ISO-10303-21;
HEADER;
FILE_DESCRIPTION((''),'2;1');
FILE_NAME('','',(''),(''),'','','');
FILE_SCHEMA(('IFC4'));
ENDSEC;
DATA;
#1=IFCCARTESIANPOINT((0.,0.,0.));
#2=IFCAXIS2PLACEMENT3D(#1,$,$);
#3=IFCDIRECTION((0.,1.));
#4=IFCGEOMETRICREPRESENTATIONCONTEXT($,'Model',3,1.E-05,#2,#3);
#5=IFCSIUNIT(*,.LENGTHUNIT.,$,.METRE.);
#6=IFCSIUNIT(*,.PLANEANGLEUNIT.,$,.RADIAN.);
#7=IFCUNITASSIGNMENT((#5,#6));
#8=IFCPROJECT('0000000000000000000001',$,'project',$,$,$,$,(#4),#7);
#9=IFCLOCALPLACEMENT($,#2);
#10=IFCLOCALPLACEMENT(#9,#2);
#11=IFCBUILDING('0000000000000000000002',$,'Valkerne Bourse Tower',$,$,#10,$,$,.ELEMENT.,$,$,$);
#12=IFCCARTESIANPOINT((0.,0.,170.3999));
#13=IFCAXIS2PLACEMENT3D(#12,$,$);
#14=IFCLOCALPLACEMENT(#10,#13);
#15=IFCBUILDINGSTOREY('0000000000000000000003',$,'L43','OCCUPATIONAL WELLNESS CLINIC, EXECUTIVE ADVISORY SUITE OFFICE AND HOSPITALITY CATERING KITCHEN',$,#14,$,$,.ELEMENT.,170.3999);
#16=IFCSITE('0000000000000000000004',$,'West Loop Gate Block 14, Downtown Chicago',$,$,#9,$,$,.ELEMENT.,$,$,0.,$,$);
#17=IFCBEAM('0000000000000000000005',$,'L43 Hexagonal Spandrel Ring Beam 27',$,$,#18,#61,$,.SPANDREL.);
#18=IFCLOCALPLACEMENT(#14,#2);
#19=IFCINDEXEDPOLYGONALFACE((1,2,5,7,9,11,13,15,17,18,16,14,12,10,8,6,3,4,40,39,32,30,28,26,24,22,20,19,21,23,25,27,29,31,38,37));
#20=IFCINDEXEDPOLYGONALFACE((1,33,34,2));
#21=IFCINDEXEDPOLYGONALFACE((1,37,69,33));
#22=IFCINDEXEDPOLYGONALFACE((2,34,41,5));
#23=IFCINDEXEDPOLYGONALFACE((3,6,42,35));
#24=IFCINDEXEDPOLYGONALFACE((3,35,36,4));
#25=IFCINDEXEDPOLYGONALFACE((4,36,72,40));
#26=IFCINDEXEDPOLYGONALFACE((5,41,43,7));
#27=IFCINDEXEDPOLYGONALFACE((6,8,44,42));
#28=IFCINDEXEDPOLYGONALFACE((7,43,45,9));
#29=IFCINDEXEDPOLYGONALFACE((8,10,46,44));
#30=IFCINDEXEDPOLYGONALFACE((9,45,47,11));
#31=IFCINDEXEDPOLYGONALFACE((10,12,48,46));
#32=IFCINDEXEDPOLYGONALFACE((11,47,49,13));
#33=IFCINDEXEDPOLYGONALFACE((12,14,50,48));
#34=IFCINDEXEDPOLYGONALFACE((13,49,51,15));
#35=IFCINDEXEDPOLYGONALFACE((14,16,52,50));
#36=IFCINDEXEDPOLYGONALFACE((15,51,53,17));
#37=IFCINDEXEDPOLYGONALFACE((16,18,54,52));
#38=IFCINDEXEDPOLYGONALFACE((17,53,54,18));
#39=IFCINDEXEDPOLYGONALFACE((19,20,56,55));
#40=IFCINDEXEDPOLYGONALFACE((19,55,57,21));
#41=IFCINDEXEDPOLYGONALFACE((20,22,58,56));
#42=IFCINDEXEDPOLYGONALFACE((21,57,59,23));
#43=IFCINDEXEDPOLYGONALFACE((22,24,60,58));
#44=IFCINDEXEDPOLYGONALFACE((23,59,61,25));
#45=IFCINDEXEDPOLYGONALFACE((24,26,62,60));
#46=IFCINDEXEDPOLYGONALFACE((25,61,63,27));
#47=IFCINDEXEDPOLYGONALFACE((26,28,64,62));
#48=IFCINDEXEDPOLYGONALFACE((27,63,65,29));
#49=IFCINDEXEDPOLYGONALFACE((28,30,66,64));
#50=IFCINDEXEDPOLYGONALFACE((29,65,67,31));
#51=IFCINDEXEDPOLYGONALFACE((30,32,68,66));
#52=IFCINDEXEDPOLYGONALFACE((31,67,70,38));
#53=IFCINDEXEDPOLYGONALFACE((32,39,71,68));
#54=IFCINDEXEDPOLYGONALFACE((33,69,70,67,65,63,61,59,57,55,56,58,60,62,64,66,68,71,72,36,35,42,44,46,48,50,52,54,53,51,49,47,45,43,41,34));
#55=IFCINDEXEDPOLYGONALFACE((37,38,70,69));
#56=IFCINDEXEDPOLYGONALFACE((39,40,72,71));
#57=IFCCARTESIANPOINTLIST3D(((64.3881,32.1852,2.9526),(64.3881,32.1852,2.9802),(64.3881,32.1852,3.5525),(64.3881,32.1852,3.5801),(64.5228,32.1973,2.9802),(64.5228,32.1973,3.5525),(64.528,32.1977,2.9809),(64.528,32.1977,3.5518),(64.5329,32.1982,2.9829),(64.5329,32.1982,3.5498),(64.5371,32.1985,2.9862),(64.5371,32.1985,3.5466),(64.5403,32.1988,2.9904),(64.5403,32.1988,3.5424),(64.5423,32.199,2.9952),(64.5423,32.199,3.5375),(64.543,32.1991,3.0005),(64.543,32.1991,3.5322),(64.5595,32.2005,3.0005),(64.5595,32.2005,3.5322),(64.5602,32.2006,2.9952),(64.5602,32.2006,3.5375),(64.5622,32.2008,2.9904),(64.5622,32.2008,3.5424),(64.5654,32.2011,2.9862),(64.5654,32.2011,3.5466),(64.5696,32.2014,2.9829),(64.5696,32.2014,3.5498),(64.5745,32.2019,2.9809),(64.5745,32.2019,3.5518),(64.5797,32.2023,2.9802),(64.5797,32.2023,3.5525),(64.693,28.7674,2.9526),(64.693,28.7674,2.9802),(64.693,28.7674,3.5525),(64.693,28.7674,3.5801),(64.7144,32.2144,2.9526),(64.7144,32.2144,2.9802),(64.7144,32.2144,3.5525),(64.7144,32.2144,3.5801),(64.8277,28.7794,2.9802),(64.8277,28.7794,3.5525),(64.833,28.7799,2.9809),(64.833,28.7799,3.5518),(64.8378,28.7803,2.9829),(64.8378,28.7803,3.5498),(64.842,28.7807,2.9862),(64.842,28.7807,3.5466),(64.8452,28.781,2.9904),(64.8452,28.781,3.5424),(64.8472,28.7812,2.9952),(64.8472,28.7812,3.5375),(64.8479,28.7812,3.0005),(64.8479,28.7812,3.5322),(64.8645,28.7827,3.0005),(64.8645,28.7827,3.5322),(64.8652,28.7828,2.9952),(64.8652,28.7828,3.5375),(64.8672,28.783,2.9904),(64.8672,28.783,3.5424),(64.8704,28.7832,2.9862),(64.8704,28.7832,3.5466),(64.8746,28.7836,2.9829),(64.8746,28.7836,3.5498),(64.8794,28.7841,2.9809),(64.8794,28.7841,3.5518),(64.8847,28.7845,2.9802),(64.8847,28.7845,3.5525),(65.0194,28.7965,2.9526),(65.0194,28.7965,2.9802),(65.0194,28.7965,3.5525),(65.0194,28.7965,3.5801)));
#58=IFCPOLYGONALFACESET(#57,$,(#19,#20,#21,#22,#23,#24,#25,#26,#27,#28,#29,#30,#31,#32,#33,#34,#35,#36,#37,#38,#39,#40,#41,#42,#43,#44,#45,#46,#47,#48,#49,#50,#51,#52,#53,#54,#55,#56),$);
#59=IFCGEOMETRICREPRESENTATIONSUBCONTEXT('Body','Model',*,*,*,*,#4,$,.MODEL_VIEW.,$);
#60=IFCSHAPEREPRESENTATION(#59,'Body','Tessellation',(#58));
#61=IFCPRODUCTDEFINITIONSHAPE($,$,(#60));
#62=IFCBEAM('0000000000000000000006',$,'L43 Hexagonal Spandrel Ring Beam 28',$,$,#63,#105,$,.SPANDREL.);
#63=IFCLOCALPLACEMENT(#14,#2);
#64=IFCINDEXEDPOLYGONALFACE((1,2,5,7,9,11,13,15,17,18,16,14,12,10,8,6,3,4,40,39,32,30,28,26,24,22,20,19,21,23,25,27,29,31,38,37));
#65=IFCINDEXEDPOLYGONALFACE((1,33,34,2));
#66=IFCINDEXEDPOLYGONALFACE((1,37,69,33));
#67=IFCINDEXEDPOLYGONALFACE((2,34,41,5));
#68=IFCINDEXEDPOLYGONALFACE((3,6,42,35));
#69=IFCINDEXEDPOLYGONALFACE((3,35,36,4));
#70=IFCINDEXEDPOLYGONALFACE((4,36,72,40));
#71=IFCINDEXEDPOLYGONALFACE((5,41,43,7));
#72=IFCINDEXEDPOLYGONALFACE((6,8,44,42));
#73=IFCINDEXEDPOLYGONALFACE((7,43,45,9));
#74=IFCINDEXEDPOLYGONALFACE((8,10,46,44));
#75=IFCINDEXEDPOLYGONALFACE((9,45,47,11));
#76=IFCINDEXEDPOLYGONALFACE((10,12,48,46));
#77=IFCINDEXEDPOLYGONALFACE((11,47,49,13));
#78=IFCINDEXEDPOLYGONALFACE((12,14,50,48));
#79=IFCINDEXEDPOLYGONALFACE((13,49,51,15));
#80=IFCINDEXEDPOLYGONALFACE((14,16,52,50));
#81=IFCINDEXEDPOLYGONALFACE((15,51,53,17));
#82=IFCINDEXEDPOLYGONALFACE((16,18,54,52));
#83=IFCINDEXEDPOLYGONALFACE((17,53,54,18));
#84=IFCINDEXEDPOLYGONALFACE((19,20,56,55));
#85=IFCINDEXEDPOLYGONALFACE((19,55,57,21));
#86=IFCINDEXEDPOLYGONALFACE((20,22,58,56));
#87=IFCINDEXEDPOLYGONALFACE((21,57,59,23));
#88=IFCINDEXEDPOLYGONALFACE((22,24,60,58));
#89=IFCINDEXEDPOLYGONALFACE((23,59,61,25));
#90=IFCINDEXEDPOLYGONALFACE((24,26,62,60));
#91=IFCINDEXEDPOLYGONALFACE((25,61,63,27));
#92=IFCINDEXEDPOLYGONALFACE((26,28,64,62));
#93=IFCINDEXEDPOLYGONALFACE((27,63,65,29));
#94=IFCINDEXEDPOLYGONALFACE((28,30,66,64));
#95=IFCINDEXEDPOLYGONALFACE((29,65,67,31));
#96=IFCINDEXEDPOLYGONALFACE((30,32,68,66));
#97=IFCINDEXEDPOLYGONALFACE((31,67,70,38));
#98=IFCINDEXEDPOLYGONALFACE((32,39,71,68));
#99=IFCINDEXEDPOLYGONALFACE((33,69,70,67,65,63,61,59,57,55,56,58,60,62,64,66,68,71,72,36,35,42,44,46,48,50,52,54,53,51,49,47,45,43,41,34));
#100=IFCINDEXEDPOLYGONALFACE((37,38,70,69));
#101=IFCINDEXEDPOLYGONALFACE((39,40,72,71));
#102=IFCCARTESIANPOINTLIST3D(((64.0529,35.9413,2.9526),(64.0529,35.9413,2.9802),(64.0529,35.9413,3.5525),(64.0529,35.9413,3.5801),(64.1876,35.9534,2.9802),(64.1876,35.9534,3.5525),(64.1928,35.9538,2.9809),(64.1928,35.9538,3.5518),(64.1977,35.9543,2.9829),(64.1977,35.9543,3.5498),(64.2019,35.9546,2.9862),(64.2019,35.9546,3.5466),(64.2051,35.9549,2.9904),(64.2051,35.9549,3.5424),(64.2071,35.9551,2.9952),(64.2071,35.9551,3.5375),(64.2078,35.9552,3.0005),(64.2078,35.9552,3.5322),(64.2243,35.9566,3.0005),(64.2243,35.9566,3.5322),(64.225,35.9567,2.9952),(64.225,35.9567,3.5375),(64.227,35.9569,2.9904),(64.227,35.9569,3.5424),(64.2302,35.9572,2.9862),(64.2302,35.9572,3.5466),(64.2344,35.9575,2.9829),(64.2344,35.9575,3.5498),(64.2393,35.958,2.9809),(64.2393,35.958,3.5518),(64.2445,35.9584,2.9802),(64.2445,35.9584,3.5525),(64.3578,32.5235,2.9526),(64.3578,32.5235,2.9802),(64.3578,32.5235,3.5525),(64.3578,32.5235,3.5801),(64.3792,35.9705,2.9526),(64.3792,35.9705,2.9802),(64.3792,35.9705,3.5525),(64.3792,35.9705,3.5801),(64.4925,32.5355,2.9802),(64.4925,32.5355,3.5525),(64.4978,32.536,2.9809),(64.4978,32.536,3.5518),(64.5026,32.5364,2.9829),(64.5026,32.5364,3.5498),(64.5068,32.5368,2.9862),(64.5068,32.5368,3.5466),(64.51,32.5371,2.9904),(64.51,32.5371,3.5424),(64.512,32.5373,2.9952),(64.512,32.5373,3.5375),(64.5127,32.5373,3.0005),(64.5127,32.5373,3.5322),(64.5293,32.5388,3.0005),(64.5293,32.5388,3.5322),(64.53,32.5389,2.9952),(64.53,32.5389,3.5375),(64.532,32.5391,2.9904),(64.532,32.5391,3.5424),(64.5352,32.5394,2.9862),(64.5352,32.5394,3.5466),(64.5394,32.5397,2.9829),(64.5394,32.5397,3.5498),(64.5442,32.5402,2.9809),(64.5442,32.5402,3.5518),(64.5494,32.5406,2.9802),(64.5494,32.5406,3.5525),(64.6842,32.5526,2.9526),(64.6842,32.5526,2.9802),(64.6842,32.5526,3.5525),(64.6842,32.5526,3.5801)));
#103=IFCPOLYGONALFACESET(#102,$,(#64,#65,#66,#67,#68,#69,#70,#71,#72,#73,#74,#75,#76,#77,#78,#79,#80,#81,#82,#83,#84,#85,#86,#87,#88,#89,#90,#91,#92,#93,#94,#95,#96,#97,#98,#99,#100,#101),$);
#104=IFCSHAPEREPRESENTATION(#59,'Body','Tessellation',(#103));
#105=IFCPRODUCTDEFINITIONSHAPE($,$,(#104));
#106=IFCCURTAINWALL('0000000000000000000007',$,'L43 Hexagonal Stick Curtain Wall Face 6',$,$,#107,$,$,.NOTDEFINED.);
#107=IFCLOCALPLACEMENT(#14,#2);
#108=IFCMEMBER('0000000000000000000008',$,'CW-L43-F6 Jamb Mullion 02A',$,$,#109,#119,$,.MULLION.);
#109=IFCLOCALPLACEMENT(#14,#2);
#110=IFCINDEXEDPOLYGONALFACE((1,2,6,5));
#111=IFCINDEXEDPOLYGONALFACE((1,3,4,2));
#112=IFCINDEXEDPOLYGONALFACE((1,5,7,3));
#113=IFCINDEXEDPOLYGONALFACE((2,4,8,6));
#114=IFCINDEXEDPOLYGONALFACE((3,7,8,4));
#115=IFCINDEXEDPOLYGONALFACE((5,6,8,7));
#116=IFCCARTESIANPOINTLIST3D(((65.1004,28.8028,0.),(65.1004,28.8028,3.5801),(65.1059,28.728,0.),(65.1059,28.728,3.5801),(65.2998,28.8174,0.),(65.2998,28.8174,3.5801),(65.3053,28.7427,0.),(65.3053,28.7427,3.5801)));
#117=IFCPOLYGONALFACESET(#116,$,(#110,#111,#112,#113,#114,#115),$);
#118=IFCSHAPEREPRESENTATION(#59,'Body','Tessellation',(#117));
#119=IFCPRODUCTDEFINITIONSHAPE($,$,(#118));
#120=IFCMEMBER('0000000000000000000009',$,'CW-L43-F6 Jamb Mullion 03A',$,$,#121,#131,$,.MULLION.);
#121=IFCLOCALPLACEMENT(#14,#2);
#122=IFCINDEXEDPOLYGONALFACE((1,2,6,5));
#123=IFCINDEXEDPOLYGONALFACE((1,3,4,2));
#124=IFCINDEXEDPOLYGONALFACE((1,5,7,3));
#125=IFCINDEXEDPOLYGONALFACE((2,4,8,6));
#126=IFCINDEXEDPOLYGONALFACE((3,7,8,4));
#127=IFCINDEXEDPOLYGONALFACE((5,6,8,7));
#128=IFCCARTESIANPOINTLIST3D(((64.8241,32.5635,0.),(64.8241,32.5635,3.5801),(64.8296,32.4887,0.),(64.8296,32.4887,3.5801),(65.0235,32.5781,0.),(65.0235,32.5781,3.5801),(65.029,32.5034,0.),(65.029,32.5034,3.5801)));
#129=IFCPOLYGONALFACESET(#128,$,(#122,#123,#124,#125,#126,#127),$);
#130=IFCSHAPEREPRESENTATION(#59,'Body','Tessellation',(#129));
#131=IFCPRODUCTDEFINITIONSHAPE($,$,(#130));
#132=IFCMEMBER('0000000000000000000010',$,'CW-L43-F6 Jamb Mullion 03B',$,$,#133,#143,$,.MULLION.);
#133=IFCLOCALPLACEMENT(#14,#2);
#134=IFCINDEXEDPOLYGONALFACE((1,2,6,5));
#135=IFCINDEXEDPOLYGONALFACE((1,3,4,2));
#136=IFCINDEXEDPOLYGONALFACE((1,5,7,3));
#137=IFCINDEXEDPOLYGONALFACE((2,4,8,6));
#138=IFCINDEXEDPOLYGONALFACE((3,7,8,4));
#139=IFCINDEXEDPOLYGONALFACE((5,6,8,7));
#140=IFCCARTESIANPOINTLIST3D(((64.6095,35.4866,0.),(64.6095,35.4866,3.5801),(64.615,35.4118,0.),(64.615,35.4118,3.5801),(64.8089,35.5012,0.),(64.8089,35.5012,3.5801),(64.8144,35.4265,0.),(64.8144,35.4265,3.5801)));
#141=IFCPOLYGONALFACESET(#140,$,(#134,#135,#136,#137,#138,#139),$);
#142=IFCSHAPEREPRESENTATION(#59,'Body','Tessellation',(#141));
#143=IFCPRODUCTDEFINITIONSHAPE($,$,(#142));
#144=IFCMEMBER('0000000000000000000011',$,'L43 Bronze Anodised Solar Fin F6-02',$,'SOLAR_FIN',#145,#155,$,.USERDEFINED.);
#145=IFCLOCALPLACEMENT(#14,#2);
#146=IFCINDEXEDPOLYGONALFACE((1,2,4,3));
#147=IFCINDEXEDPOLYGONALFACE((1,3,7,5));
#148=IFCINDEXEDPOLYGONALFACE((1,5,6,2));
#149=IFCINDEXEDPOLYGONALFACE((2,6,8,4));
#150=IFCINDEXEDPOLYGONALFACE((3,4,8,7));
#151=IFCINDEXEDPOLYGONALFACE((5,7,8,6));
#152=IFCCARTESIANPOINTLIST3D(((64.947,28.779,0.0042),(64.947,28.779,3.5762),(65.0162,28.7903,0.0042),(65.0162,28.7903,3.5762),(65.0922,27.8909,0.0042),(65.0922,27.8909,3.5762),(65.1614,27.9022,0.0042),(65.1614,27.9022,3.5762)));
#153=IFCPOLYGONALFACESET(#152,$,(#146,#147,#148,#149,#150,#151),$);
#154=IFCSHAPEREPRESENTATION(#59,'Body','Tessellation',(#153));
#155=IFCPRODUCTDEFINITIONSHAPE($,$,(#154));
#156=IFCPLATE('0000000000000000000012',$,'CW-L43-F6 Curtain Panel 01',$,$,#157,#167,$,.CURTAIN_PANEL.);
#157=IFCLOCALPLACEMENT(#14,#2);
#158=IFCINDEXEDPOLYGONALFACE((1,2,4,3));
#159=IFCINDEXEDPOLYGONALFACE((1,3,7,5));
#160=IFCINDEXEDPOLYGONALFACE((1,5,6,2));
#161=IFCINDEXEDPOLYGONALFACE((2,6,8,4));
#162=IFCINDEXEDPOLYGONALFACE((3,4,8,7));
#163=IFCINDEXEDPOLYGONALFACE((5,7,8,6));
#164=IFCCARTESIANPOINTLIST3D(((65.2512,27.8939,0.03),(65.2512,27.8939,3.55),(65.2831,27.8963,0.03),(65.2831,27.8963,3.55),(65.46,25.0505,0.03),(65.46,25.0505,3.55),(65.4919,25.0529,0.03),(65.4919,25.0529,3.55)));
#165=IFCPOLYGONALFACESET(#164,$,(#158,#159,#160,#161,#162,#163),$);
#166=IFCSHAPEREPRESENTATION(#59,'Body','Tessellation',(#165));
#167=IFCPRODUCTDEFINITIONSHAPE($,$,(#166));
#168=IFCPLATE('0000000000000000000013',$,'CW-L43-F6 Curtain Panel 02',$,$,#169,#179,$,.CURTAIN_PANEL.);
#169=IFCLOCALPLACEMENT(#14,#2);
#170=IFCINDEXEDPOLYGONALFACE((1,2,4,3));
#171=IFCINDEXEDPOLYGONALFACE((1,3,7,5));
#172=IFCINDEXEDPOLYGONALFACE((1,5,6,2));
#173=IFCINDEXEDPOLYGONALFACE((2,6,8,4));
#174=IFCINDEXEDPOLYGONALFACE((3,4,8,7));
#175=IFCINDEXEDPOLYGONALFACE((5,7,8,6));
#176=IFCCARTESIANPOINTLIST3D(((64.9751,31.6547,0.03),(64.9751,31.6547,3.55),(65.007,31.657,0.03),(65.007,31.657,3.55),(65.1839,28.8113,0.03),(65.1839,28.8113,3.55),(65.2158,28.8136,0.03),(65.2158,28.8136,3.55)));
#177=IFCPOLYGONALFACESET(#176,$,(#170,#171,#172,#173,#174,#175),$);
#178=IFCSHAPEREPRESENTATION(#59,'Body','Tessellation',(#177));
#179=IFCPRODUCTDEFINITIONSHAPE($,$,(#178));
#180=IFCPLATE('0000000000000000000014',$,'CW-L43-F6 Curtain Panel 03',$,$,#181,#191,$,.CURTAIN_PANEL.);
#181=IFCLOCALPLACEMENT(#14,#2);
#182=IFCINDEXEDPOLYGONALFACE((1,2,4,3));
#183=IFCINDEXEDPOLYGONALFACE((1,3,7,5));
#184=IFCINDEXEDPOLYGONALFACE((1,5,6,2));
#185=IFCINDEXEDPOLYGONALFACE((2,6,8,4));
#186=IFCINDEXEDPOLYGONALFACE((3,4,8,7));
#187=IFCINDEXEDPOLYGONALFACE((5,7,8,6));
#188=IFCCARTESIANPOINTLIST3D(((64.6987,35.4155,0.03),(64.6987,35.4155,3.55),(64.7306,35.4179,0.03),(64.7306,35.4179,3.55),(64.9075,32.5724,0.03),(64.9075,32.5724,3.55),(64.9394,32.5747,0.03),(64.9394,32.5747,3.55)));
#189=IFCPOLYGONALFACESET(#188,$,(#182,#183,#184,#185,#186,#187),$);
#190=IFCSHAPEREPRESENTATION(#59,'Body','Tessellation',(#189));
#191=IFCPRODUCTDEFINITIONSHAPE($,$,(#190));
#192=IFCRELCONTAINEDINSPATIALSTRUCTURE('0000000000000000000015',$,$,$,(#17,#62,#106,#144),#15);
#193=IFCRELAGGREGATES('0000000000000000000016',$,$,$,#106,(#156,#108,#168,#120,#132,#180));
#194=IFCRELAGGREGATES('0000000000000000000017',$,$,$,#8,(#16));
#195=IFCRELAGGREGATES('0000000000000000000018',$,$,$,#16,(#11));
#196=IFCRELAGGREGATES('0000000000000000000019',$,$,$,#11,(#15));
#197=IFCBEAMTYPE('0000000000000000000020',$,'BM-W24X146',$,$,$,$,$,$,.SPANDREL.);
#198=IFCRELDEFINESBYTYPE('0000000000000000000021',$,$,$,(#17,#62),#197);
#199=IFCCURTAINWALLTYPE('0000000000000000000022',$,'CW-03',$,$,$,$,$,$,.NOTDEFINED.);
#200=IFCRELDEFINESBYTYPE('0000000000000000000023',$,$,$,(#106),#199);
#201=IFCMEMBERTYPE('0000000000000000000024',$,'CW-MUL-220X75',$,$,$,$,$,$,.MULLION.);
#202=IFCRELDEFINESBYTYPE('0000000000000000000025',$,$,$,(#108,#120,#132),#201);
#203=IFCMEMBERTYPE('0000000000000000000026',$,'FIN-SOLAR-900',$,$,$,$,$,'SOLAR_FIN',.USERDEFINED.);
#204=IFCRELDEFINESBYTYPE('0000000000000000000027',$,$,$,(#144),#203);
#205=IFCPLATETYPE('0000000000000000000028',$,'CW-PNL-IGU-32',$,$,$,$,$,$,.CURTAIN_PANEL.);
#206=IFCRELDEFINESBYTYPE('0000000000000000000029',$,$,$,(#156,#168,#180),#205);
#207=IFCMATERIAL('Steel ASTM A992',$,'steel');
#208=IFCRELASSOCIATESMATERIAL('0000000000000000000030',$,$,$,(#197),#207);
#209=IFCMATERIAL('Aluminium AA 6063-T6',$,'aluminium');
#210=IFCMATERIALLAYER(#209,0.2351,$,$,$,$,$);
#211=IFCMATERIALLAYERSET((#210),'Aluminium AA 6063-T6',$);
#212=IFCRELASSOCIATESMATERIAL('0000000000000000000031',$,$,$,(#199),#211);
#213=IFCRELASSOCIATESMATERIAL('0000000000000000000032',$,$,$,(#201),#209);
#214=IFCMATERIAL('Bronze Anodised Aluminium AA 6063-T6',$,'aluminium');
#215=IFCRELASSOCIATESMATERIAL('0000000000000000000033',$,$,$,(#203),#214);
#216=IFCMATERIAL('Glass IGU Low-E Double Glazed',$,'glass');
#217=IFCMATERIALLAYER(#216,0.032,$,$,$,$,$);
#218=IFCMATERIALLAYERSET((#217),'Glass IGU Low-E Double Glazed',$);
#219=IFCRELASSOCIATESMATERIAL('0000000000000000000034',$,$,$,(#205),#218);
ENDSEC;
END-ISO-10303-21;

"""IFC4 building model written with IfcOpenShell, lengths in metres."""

from ifc_helpers import new_model, si_unit, direction, frame, origin, origin_2d, place, context, subcontext, project, spatial, rectangle, i_section, extrude, material, layer, layer_set, material_profile, profile_set, type_object, element, aggregate, save


model = new_model("IFC4")

# Units and contexts
model_context = context("Model", 3, precision=1e-05, world=origin(), true_north=direction((0.0, 1.0)))
body_context = subcontext(model_context, "Body", "Model", "MODEL_VIEW")
ifc_project = project(units=[si_unit("LENGTHUNIT", "METRE"), si_unit("PLANEANGLEUNIT", "RADIAN")], contexts=[model_context])

# Site, building, storey
site_placement = place(None, origin())
site = spatial("IfcSite", under=ifc_project, at=site_placement, Name="West Loop Gate Block 14, Downtown Chicago", CompositionType="ELEMENT", RefElevation=0.0)
building_placement = place(site_placement, origin())
building = spatial("IfcBuilding", under=site, at=building_placement, Name="Valkerne Bourse Tower", CompositionType="ELEMENT")
storey_placement = place(building_placement, frame((0.0, 0.0, 170.3999)))
storey = spatial("IfcBuildingStorey", under=building, at=storey_placement, Name="L43", Description="OCCUPATIONAL WELLNESS CLINIC, EXECUTIVE ADVISORY SUITE OFFICE AND HOSPITALITY CATERING KITCHEN", CompositionType="ELEMENT", Elevation=170.3999)

# Beams
ifc_material_1 = material(Name="Steel ASTM A992", Category="steel")
ifc_material_profile_1 = material_profile(ifc_material_1, i_section(OverallWidth=0.3276, OverallDepth=0.6274, WebThickness=0.0166, FlangeThickness=0.0276, FilletRadius=0.0203, at=origin_2d()), Name="W24X146")
ifc_profile_set_1 = profile_set([ifc_material_profile_1], Name="Steel ASTM A992")
beam_type_1 = type_object("IfcBeamType", Name="BM-W24X146", PredefinedType="SPANDREL", material=ifc_profile_set_1)
for number, where, z_axis, x_axis, name in (
    (1, (64.8562, 28.782, 3.2664), (-0.088868, 0.996043, 0.0), (-0.996043, -0.088868, 0.0), "L43 Hexagonal Spandrel Ring Beam 27"),
    (2, (64.521, 32.5381, 3.2664), (-0.088868, 0.996043, 0.0), (-0.996043, -0.088868, 0.0), "L43 Hexagonal Spandrel Ring Beam 28"),
):
    element("IfcBeam", number, at=place(storey_placement, frame(where, z_axis=z_axis, x_axis=x_axis)), inside=storey, type_object=beam_type_1, Name=name, PredefinedType="SPANDREL", context=body_context, shape_type="SweptSolid", body=[
        extrude(i_section(OverallWidth=0.3276, OverallDepth=0.6274, WebThickness=0.0166, FlangeThickness=0.0276, FilletRadius=0.0203, at=origin_2d()), origin(), (0.0, 0.0, 1.0), 3.4314),
    ])

# Curtain wall, members
ifc_material_2 = material(Name="Aluminium AA 6063-T6", Category="aluminium")
ifc_layer_1 = layer(ifc_material_2, 0.2351)
ifc_layer_set_1 = layer_set([ifc_layer_1], Name="Aluminium AA 6063-T6")
curtain_wall_type = type_object("IfcCurtainWallType", Name="CW-03", PredefinedType="NOTDEFINED", material=ifc_layer_set_1)
curtain_wall_placement = place(storey_placement, origin())
curtain_wall = element("IfcCurtainWall", 3, at=curtain_wall_placement, inside=storey, type_object=curtain_wall_type, Name="L43 Hexagonal Stick Curtain Wall Face 6", PredefinedType="NOTDEFINED")
ifc_material_profile_2 = material_profile(ifc_material_2, rectangle(XDim=0.075, YDim=0.2, at=origin_2d()), Name="CWM-75X200")
ifc_profile_set_2 = profile_set([ifc_material_profile_2], Name="Aluminium AA 6063-T6")
member_type_1 = type_object("IfcMemberType", Name="CW-MUL-220X75", PredefinedType="MULLION", material=ifc_profile_set_2)
member_1_placement = place(storey_placement, frame((65.2029, 28.7727, 0.0), z_axis=(0.0, 0.0, 1.0), x_axis=(-0.073243, 0.997314, 0.0)))
member_1 = element("IfcMember", 4, at=member_1_placement, type_object=member_type_1, Name="CW-L43-F6 Jamb Mullion 02A", PredefinedType="MULLION", context=body_context, shape_type="SweptSolid", body=[
    extrude(rectangle(XDim=0.075, YDim=0.2, at=origin_2d()), origin(), (0.0, 0.0, 1.0), 3.5801),
])
member_2_placement = place(storey_placement, frame((64.9265, 32.5334, 0.0), z_axis=(0.0, 0.0, 1.0), x_axis=(-0.073245, 0.997314, 0.0)))
member_2 = element("IfcMember", 5, at=member_2_placement, type_object=member_type_1, Name="CW-L43-F6 Jamb Mullion 03A", PredefinedType="MULLION", context=body_context, shape_type="SweptSolid", body=[
    extrude(rectangle(XDim=0.075, YDim=0.2, at=origin_2d()), origin(), (0.0, 0.0, 1.0), 3.5801),
])
member_3_placement = place(storey_placement, frame((64.7119, 35.4565, 0.0), z_axis=(0.0, 0.0, 1.0), x_axis=(-0.073245, 0.997314, 0.0)))
member_3 = element("IfcMember", 6, at=member_3_placement, type_object=member_type_1, Name="CW-L43-F6 Jamb Mullion 03B", PredefinedType="MULLION", context=body_context, shape_type="SweptSolid", body=[
    extrude(rectangle(XDim=0.075, YDim=0.2, at=origin_2d()), origin(), (0.0, 0.0, 1.0), 3.5801),
])

# Member
ifc_material_3 = material(Name="Bronze Anodised Aluminium AA 6063-T6", Category="aluminium")
ifc_material_profile_3 = material_profile(ifc_material_3, rectangle(XDim=0.0701, YDim=0.8999, at=origin_2d()), Name="FIN-70X900")
ifc_profile_set_3 = profile_set([ifc_material_profile_3], Name="Bronze Anodised Aluminium AA 6063-T6")
member_type_2 = type_object("IfcMemberType", Name="FIN-SOLAR-900", ElementType="SOLAR_FIN", PredefinedType="USERDEFINED", material=ifc_profile_set_3)
member_4_placement = place(storey_placement, frame((65.0542, 28.3406, 0.0042), z_axis=(0.0, 0.0, 1.0), x_axis=(0.986896, 0.161358, 0.0)))
element("IfcMember", 7, at=member_4_placement, inside=storey, type_object=member_type_2, Name="L43 Bronze Anodised Solar Fin F6-02", ObjectType="SOLAR_FIN", PredefinedType="USERDEFINED", context=body_context, shape_type="SweptSolid", body=[
    extrude(rectangle(XDim=0.0701, YDim=0.8999, at=origin_2d()), origin(), (0.0, 0.0, 1.0), 3.572),
])

# Plates
ifc_material_4 = material(Name="Glass IGU Low-E Double Glazed", Category="glass")
ifc_layer_2 = layer(ifc_material_4, 0.032)
ifc_layer_set_2 = layer_set([ifc_layer_2], Name="Glass IGU Low-E Double Glazed")
plate_type_1 = type_object("IfcPlateType", Name="CW-PNL-IGU-32", PredefinedType="CURTAIN_PANEL", material=ifc_layer_set_2)
plate_1_placement = place(storey_placement, frame((65.3716, 26.4734, 0.03), z_axis=(0.0, 0.0, 1.0), x_axis=(-0.073243, 0.997314, 0.0)))
plate_1 = element("IfcPlate", 8, at=plate_1_placement, type_object=plate_type_1, Name="CW-L43-F6 Curtain Panel 01", PredefinedType="CURTAIN_PANEL", context=body_context, shape_type="SweptSolid", body=[
    extrude(rectangle(XDim=2.8511, YDim=0.032, at=origin_2d()), origin(), (0.0, 0.0, 1.0), 3.52),
])
plate_2_placement = place(storey_placement, frame((65.0955, 30.2341, 0.03), z_axis=(0.0, 0.0, 1.0), x_axis=(-0.073243, 0.997314, 0.0)))
plate_2 = element("IfcPlate", 9, at=plate_2_placement, type_object=plate_type_1, Name="CW-L43-F6 Curtain Panel 02", PredefinedType="CURTAIN_PANEL", context=body_context, shape_type="SweptSolid", body=[
    extrude(rectangle(XDim=2.8511, YDim=0.032, at=origin_2d()), origin(), (0.0, 0.0, 1.0), 3.52),
])
plate_3_placement = place(storey_placement, frame((64.8191, 33.9951, 0.03), z_axis=(0.0, 0.0, 1.0), x_axis=(-0.073245, 0.997314, 0.0)))
plate_3 = element("IfcPlate", 10, at=plate_3_placement, type_object=plate_type_1, Name="CW-L43-F6 Curtain Panel 03", PredefinedType="CURTAIN_PANEL", context=body_context, shape_type="SweptSolid", body=[
    extrude(rectangle(XDim=2.8508, YDim=0.032, at=origin_2d()), origin(), (0.0, 0.0, 1.0), 3.52),
])
aggregate(curtain_wall, [plate_1, member_1, plate_2, member_2, member_3, plate_3])

save(model, "model.ifc")
